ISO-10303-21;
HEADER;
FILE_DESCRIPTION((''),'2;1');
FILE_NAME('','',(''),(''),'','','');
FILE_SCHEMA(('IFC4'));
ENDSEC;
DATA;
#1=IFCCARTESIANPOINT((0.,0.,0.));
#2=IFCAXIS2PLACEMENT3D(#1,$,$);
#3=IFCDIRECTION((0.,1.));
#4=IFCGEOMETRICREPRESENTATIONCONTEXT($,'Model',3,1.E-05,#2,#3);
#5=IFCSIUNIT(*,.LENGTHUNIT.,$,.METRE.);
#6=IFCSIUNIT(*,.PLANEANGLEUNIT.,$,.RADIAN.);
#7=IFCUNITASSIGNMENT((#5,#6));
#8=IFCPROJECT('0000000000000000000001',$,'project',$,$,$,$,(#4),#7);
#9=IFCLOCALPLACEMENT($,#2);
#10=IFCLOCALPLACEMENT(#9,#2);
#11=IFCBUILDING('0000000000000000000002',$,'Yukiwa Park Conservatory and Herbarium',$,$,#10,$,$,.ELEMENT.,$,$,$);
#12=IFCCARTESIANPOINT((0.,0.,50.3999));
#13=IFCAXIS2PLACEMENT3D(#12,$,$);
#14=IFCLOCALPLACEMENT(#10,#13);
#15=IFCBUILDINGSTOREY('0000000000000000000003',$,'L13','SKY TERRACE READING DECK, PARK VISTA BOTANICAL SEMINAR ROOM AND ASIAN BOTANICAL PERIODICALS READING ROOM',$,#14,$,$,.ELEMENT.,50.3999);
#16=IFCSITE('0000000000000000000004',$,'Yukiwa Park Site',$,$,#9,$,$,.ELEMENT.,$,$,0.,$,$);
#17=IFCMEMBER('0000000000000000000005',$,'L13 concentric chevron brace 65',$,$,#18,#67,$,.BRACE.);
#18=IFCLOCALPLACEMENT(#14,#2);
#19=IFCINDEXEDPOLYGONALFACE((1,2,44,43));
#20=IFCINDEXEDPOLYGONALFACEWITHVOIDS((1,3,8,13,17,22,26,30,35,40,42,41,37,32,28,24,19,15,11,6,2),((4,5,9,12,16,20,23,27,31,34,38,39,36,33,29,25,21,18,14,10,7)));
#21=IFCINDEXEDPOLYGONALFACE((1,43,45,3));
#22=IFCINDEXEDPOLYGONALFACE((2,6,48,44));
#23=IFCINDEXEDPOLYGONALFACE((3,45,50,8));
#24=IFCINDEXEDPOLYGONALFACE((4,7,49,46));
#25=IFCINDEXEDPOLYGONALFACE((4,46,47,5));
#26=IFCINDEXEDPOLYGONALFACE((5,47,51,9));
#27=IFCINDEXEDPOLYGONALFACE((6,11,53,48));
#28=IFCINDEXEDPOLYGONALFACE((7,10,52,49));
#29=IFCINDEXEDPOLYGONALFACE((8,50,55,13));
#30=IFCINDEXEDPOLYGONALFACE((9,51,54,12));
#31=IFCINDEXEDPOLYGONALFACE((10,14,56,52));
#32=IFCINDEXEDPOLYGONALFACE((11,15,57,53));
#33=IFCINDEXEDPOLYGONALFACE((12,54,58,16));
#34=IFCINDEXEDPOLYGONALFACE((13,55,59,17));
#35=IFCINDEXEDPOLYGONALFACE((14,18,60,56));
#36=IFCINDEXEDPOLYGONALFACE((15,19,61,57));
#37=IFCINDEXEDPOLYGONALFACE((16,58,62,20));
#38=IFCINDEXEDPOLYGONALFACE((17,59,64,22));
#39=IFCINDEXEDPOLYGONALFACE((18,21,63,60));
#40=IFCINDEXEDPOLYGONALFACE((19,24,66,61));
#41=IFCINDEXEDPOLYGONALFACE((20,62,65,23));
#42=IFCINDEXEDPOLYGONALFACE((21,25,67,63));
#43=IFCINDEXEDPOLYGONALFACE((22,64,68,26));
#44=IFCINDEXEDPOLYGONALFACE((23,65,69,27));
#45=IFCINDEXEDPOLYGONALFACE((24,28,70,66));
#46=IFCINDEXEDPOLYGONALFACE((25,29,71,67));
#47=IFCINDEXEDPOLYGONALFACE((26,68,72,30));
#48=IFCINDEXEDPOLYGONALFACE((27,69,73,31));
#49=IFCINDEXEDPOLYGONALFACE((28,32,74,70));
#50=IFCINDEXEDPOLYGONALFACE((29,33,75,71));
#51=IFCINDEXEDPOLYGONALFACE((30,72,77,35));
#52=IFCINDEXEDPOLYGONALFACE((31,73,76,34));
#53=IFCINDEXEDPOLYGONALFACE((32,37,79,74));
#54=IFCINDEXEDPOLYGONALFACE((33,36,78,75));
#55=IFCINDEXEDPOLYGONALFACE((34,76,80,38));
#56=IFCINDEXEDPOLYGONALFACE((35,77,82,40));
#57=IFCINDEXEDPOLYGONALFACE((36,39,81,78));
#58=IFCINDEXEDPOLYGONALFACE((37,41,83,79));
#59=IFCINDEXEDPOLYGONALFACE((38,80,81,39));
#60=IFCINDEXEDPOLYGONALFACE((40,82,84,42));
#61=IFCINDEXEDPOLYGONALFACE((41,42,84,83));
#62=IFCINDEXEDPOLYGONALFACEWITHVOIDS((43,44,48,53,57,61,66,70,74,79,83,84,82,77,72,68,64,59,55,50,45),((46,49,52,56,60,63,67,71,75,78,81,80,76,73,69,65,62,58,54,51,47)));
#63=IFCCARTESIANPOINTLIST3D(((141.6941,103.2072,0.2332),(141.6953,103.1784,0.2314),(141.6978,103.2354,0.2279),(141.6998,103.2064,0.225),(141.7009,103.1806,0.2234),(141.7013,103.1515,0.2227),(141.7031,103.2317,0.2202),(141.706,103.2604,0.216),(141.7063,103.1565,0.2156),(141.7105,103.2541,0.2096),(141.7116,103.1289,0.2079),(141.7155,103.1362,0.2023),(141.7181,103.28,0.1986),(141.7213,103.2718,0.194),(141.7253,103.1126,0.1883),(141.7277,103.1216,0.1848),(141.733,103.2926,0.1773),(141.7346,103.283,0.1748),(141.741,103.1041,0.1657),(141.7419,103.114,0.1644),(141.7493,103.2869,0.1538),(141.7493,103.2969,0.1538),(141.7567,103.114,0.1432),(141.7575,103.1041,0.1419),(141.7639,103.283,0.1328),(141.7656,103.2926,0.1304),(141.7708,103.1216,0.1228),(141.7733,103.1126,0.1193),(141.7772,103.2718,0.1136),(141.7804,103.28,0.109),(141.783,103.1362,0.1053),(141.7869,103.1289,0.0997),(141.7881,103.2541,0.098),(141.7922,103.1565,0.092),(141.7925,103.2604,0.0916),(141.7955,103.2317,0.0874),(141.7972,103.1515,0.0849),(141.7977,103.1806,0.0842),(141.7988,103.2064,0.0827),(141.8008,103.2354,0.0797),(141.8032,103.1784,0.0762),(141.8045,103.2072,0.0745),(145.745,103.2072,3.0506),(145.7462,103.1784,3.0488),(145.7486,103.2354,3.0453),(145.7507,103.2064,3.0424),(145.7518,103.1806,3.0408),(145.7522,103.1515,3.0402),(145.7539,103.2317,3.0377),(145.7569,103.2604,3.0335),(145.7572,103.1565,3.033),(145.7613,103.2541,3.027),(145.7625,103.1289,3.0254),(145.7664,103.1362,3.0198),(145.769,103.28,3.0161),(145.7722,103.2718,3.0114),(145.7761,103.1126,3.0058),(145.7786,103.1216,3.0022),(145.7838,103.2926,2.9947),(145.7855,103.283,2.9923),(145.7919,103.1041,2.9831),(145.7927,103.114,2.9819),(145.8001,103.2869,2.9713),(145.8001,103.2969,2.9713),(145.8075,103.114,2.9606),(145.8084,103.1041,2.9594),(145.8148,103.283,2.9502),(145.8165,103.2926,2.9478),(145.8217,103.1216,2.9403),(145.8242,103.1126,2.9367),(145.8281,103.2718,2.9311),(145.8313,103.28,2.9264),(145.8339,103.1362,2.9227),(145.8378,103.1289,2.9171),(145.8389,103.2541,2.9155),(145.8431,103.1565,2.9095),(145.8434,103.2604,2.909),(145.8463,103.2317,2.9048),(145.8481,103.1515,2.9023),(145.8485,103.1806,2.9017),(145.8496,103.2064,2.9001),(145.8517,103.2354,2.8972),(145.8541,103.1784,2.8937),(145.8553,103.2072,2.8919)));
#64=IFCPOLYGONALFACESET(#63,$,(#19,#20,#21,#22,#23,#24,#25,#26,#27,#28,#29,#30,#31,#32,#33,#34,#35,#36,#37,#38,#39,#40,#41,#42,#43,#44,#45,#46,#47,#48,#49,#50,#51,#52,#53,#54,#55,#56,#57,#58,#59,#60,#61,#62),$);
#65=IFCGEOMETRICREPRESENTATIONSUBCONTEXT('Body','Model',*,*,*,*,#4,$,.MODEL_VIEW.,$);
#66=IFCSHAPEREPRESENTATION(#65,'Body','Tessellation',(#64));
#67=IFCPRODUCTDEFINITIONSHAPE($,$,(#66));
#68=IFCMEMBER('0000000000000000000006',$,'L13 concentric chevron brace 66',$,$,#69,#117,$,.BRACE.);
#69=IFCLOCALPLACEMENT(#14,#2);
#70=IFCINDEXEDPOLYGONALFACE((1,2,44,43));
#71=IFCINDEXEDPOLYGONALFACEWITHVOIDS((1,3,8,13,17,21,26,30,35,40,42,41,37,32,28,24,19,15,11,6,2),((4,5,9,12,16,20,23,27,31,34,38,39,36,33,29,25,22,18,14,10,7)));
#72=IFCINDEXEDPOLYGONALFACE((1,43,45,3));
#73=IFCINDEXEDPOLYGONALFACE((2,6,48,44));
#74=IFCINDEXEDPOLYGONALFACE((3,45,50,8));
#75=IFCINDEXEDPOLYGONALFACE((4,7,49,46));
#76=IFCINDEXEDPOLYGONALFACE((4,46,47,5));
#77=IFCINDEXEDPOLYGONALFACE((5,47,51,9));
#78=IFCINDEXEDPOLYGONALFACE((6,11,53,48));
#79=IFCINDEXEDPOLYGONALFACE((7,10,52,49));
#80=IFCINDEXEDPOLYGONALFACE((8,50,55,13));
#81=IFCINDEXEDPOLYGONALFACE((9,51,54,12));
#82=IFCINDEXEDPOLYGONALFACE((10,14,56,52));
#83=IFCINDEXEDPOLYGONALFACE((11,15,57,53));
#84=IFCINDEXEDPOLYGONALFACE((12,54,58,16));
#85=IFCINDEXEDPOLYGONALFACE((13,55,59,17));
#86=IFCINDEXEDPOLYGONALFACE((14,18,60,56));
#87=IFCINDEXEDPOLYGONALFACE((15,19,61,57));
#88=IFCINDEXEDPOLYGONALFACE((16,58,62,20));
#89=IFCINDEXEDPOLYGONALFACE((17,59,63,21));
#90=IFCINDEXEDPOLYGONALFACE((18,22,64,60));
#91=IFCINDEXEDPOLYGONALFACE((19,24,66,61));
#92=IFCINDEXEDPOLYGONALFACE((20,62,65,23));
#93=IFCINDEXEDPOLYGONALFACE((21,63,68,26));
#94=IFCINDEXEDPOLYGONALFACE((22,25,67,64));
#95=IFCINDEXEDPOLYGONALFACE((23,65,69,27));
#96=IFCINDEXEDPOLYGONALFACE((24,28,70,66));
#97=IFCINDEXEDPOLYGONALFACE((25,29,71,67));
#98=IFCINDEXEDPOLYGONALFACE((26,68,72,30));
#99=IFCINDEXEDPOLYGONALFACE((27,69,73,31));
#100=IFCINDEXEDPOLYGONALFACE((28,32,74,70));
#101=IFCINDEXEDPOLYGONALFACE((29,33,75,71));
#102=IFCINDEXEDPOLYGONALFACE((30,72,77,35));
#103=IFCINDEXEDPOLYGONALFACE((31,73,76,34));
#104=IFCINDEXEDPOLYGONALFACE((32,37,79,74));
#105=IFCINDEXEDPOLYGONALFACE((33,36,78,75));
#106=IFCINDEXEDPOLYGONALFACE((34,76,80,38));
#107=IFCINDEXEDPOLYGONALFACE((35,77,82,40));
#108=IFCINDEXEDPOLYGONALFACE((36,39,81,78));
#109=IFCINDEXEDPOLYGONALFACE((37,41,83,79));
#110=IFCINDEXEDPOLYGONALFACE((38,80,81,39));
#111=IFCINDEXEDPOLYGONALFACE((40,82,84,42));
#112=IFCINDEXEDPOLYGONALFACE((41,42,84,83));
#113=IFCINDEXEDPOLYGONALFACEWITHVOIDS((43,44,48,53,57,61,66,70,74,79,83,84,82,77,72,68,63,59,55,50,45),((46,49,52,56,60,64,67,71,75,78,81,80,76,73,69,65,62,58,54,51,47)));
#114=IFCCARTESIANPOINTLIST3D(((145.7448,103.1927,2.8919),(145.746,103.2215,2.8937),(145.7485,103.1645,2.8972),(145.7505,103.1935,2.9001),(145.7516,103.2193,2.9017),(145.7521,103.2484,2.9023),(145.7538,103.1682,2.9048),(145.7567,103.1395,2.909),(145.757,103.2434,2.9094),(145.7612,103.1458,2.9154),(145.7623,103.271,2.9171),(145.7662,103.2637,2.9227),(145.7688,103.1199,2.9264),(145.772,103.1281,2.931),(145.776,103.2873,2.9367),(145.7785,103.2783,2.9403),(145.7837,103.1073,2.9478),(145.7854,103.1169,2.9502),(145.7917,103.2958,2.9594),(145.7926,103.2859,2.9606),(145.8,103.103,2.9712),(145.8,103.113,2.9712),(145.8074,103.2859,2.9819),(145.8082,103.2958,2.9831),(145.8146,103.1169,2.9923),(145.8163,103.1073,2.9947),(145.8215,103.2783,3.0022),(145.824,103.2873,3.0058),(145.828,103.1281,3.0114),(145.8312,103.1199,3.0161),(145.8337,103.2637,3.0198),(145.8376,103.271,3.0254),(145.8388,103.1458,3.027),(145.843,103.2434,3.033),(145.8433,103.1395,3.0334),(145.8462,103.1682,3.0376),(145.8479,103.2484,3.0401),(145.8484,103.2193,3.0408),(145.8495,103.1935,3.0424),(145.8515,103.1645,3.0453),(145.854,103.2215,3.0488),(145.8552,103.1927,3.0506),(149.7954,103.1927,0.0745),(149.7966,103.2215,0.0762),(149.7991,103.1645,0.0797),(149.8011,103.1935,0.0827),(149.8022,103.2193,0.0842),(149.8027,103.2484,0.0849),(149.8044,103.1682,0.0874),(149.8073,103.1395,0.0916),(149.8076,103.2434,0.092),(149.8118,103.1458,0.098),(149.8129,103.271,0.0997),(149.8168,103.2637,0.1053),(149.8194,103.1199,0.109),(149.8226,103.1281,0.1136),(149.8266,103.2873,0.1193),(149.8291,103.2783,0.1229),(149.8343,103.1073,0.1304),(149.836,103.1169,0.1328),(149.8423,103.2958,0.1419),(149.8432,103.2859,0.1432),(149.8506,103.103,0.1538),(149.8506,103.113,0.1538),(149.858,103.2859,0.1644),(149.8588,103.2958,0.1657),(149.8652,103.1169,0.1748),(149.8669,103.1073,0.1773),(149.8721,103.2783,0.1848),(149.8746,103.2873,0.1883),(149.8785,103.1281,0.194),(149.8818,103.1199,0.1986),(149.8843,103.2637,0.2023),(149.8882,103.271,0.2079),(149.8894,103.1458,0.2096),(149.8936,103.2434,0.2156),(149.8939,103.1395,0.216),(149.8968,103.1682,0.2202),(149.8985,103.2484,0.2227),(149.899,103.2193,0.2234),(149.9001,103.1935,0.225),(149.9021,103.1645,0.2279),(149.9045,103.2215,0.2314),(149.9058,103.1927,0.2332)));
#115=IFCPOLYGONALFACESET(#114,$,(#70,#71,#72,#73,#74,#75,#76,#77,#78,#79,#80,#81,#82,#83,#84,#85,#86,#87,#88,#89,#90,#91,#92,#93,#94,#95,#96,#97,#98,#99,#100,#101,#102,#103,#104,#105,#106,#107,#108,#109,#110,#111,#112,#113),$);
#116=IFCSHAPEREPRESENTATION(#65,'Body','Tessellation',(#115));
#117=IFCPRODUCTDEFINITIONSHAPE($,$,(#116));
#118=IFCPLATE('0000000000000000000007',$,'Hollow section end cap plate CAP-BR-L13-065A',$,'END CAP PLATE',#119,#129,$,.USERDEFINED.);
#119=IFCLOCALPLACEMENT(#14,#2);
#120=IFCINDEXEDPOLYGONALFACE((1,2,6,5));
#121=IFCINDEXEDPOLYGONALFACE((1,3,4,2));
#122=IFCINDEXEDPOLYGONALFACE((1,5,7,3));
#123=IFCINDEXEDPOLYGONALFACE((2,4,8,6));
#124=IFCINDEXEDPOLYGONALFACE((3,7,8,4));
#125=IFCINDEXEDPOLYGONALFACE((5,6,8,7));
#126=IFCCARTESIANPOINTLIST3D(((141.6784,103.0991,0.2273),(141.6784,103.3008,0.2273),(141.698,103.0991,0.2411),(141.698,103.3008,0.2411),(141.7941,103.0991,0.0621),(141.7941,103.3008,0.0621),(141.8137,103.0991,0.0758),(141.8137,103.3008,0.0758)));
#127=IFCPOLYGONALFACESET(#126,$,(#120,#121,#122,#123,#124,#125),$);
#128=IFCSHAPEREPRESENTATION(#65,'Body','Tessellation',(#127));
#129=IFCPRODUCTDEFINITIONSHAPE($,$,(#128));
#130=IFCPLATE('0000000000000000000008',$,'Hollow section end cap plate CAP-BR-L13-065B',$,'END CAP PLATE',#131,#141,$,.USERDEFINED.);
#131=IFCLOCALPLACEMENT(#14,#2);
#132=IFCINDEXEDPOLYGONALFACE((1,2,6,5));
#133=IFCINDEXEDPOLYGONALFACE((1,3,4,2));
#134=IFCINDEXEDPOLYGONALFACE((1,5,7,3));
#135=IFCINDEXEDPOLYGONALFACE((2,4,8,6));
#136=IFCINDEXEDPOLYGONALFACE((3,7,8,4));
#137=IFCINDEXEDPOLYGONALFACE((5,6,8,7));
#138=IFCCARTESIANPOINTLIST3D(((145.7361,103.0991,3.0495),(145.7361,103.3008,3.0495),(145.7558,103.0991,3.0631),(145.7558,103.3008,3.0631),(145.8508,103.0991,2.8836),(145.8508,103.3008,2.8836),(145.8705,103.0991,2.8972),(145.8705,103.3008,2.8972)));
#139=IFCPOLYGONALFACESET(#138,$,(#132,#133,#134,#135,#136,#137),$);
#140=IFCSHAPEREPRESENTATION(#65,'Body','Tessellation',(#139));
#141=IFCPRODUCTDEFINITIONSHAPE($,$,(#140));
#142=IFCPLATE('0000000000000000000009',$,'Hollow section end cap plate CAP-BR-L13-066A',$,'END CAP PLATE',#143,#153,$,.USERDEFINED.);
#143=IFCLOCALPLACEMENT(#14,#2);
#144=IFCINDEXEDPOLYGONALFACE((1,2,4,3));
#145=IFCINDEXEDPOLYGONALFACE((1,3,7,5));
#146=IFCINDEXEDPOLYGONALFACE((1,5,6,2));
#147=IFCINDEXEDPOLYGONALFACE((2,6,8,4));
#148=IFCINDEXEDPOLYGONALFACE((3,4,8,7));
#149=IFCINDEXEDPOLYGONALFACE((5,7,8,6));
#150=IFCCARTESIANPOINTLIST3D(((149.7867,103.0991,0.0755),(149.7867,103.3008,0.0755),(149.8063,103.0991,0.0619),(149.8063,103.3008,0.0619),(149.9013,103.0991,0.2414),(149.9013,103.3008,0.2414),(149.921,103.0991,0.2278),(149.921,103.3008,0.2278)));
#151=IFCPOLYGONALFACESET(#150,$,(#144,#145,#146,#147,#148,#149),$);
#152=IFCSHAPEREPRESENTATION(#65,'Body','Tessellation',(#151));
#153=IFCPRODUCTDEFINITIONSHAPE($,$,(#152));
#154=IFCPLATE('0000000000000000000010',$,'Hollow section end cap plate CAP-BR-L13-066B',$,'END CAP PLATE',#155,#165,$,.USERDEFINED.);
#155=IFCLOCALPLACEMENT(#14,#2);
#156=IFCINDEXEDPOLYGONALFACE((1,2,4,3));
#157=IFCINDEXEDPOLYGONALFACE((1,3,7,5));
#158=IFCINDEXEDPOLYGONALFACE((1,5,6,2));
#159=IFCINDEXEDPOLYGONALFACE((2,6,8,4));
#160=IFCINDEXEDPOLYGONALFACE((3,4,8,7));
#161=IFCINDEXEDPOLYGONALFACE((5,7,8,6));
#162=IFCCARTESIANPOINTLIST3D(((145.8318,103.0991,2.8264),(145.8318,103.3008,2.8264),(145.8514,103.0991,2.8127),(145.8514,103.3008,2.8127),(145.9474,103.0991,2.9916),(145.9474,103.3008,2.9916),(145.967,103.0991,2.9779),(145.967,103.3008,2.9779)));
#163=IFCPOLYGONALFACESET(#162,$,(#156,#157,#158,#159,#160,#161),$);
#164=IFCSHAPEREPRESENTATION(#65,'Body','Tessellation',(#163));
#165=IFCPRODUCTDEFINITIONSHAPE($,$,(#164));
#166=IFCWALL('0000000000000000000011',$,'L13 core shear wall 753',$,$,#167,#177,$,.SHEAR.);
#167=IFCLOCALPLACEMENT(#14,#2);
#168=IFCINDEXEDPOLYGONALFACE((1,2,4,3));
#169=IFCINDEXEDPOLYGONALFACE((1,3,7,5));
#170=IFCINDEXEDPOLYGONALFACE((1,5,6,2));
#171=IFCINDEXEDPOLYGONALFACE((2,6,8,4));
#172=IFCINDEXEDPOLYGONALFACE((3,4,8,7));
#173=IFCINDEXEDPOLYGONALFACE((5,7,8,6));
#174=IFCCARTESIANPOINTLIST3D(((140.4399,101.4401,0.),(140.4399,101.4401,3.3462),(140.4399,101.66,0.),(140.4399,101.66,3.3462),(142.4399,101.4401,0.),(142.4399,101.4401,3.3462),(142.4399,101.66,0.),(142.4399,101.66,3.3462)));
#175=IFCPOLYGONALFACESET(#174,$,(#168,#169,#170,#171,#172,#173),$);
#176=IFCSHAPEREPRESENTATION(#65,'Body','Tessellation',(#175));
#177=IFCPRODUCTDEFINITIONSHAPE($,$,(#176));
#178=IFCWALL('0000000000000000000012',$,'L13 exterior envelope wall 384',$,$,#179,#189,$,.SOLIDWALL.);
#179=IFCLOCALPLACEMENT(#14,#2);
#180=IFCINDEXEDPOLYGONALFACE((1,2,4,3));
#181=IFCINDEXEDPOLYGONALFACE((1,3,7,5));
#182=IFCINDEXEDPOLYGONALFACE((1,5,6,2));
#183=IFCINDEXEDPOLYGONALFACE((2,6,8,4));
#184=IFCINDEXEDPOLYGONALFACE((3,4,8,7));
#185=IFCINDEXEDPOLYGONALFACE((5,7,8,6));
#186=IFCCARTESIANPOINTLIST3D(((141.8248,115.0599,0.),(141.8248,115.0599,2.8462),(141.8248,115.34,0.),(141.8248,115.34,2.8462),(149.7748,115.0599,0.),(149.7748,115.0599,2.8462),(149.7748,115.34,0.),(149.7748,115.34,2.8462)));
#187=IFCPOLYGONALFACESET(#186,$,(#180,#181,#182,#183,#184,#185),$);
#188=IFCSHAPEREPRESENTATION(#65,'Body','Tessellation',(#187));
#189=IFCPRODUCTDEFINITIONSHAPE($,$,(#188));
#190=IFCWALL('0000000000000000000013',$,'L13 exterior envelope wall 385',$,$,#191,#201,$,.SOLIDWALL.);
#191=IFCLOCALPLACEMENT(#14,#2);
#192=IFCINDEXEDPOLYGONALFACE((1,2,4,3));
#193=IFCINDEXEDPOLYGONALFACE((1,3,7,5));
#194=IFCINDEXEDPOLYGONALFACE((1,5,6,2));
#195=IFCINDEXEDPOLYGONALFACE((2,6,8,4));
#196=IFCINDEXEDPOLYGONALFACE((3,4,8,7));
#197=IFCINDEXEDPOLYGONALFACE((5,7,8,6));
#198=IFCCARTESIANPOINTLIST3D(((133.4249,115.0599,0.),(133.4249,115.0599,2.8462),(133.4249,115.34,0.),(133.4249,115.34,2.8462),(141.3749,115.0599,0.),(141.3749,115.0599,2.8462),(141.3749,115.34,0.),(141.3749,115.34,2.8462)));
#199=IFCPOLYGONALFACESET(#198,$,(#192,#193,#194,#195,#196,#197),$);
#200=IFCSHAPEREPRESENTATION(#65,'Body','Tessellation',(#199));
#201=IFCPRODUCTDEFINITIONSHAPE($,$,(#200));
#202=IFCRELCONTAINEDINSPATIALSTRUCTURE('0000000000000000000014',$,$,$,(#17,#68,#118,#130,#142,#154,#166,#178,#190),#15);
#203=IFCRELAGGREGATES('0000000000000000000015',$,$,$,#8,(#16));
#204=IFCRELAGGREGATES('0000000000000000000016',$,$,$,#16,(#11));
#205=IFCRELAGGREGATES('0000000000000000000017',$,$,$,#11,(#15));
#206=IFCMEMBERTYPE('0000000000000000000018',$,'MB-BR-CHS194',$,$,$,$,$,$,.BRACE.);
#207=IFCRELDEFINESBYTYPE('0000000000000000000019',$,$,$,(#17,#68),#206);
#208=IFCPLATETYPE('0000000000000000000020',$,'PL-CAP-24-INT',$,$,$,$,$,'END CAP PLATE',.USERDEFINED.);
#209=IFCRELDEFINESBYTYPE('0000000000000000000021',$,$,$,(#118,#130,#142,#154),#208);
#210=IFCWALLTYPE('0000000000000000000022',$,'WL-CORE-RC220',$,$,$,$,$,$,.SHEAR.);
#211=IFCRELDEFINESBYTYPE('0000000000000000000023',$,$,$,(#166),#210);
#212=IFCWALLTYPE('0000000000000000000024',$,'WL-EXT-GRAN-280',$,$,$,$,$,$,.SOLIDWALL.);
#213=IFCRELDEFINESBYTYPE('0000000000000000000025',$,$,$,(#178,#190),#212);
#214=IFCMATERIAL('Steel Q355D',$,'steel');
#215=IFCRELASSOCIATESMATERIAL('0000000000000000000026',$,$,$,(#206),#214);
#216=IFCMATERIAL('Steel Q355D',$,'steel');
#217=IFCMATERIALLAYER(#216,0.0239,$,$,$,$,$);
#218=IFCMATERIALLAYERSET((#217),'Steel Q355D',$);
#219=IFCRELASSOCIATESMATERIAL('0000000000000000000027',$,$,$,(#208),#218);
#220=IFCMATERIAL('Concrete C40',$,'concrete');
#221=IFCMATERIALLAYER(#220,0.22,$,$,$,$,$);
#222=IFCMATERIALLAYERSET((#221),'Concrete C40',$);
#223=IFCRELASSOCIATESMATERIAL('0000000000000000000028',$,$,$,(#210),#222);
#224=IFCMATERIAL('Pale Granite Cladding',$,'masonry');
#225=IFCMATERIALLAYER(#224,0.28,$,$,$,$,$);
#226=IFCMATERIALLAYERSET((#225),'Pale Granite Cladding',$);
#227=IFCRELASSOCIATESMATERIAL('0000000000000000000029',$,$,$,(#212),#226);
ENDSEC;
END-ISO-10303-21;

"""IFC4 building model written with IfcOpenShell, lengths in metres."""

from ifc_helpers import new_model, si_unit, direction, frame, frame_2d, origin, origin_2d, place, context, subcontext, project, spatial, rectangle, hollow_circle, extrude, material, layer, layer_set, material_profile, profile_set, type_object, element, save


model = new_model("IFC4")

# Units and contexts
model_context = context("Model", 3, precision=1e-05, world=origin(), true_north=direction((0.0, 1.0)))
body_context = subcontext(model_context, "Body", "Model", "MODEL_VIEW")
ifc_project = project(units=[si_unit("LENGTHUNIT", "METRE"), si_unit("PLANEANGLEUNIT", "RADIAN")], contexts=[model_context])

# Site, building, storey
site_placement = place(None, origin())
site = spatial("IfcSite", under=ifc_project, at=site_placement, Name="Yukiwa Park Site", CompositionType="ELEMENT", RefElevation=0.0)
building_placement = place(site_placement, origin())
building = spatial("IfcBuilding", under=site, at=building_placement, Name="Yukiwa Park Conservatory and Herbarium", CompositionType="ELEMENT")
storey_placement = place(building_placement, frame((0.0, 0.0, 50.3999)))
storey = spatial("IfcBuildingStorey", under=building, at=storey_placement, Name="L13", Description="SKY TERRACE READING DECK, PARK VISTA BOTANICAL SEMINAR ROOM AND ASIAN BOTANICAL PERIODICALS READING ROOM", CompositionType="ELEMENT", Elevation=50.3999)

# Members
ifc_material_1 = material(Name="Steel Q355D", Category="steel")
ifc_material_profile_1 = material_profile(ifc_material_1, hollow_circle(Radius=0.0969, WallThickness=0.01, at=origin_2d()), Name="CHS 193.7x10")
ifc_profile_set_1 = profile_set([ifc_material_profile_1], Name="Steel Q355D")
member_type = type_object("IfcMemberType", Name="MB-BR-CHS194", PredefinedType="BRACE", material=ifc_profile_set_1)
member_1_placement = place(storey_placement, frame((141.7493, 103.2, 0.1538), z_axis=(0.820958, 0.0, 0.570989), x_axis=(0.0, 1.0, 0.0)))
element("IfcMember", 1, at=member_1_placement, inside=storey, type_object=member_type, Name="L13 concentric chevron brace 65", PredefinedType="BRACE", context=body_context, shape_type="SweptSolid", body=[
    extrude(hollow_circle(Radius=0.0969, WallThickness=0.01, at=origin_2d()), origin(), (0.0, 0.0, 1.0), 4.9343),
])
member_2_placement = place(storey_placement, frame((149.8506, 103.2, 0.1538), z_axis=(-0.820942, 0.0, 0.571012), x_axis=(0.0, -1.0, 0.0)))
element("IfcMember", 2, at=member_2_placement, inside=storey, type_object=member_type, Name="L13 concentric chevron brace 66", PredefinedType="BRACE", context=body_context, shape_type="SweptSolid", body=[
    extrude(hollow_circle(Radius=0.0969, WallThickness=0.01, at=origin_2d()), origin(), (0.0, 0.0, 1.0), 4.9341),
])

# Plates
ifc_material_2 = material(Name="Steel Q355D", Category="steel")
ifc_layer_1 = layer(ifc_material_2, 0.0239)
ifc_layer_set_1 = layer_set([ifc_layer_1], Name="Steel Q355D")
plate_type = type_object("IfcPlateType", Name="PL-CAP-24-INT", ElementType="END CAP PLATE", PredefinedType="USERDEFINED", material=ifc_layer_set_1)
for number, where, z_axis, x_axis, name in (
    (3, (141.7559, 103.2, 0.1584), (-0.819232, 0.0, -0.573462), (0.0, -1.0, 0.0), "Hollow section end cap plate CAP-BR-L13-065A"),
    (4, (145.7935, 103.2, 2.9666), (0.822558, 0.0, 0.568682), (0.0, 1.0, 0.0), "Hollow section end cap plate CAP-BR-L13-065B"),
    (5, (149.844, 103.2, 0.1584), (0.822558, 0.0, -0.568682), (0.0, 1.0, 0.0), "Hollow section end cap plate CAP-BR-L13-066A"),
    (6, (145.9092, 103.2, 2.8953), (-0.819232, 0.0, 0.573462), (0.0, -1.0, 0.0), "Hollow section end cap plate CAP-BR-L13-066B"),
):
    element("IfcPlate", number, at=place(storey_placement, frame(where, z_axis=z_axis, x_axis=x_axis)), inside=storey, type_object=plate_type, Name=name, ObjectType="END CAP PLATE", PredefinedType="USERDEFINED", context=body_context, shape_type="SweptSolid", body=[
        extrude(rectangle(XDim=0.2017, YDim=0.2017, at=origin_2d()), origin(), (0.0, 0.0, 1.0), 0.0239),
    ])

# Walls
ifc_material_3 = material(Name="Concrete C40", Category="concrete")
ifc_layer_2 = layer(ifc_material_3, 0.22)
ifc_layer_set_2 = layer_set([ifc_layer_2], Name="Concrete C40")
wall_type_1 = type_object("IfcWallType", Name="WL-CORE-RC220", PredefinedType="SHEAR", material=ifc_layer_set_2)
wall_1_placement = place(storey_placement, frame((140.4399, 101.55, 0.0), z_axis=(0.0, 0.0, 1.0), x_axis=(1.0, 0.0, 0.0)))
element("IfcWall", 7, at=wall_1_placement, inside=storey, type_object=wall_type_1, Name="L13 core shear wall 753", PredefinedType="SHEAR", context=body_context, shape_type="SweptSolid", body=[
    extrude(rectangle(XDim=2.0, YDim=0.22, at=frame_2d((1.0, 0.0))), origin(), (0.0, 0.0, 1.0), 3.3462),
])
ifc_material_4 = material(Name="Pale Granite Cladding", Category="masonry")
ifc_layer_3 = layer(ifc_material_4, 0.28)
ifc_layer_set_3 = layer_set([ifc_layer_3], Name="Pale Granite Cladding")
wall_type_2 = type_object("IfcWallType", Name="WL-EXT-GRAN-280", PredefinedType="SOLIDWALL", material=ifc_layer_set_3)
for number, where, z_axis, x_axis, name in (
    (8, (149.7749, 115.2, 0.0), (0.0, 0.0, 1.0), (-1.0, 0.0, 0.0), "L13 exterior envelope wall 384"),
    (9, (141.375, 115.2, 0.0), (0.0, 0.0, 1.0), (-1.0, 0.0, 0.0), "L13 exterior envelope wall 385"),
):
    element("IfcWall", number, at=place(storey_placement, frame(where, z_axis=z_axis, x_axis=x_axis)), inside=storey, type_object=wall_type_2, Name=name, PredefinedType="SOLIDWALL", context=body_context, shape_type="SweptSolid", body=[
        extrude(rectangle(XDim=7.95, YDim=0.28, at=frame_2d((3.9751, 0.0))), origin(), (0.0, 0.0, 1.0), 2.8462),
    ])

save(model, "model.ifc")
